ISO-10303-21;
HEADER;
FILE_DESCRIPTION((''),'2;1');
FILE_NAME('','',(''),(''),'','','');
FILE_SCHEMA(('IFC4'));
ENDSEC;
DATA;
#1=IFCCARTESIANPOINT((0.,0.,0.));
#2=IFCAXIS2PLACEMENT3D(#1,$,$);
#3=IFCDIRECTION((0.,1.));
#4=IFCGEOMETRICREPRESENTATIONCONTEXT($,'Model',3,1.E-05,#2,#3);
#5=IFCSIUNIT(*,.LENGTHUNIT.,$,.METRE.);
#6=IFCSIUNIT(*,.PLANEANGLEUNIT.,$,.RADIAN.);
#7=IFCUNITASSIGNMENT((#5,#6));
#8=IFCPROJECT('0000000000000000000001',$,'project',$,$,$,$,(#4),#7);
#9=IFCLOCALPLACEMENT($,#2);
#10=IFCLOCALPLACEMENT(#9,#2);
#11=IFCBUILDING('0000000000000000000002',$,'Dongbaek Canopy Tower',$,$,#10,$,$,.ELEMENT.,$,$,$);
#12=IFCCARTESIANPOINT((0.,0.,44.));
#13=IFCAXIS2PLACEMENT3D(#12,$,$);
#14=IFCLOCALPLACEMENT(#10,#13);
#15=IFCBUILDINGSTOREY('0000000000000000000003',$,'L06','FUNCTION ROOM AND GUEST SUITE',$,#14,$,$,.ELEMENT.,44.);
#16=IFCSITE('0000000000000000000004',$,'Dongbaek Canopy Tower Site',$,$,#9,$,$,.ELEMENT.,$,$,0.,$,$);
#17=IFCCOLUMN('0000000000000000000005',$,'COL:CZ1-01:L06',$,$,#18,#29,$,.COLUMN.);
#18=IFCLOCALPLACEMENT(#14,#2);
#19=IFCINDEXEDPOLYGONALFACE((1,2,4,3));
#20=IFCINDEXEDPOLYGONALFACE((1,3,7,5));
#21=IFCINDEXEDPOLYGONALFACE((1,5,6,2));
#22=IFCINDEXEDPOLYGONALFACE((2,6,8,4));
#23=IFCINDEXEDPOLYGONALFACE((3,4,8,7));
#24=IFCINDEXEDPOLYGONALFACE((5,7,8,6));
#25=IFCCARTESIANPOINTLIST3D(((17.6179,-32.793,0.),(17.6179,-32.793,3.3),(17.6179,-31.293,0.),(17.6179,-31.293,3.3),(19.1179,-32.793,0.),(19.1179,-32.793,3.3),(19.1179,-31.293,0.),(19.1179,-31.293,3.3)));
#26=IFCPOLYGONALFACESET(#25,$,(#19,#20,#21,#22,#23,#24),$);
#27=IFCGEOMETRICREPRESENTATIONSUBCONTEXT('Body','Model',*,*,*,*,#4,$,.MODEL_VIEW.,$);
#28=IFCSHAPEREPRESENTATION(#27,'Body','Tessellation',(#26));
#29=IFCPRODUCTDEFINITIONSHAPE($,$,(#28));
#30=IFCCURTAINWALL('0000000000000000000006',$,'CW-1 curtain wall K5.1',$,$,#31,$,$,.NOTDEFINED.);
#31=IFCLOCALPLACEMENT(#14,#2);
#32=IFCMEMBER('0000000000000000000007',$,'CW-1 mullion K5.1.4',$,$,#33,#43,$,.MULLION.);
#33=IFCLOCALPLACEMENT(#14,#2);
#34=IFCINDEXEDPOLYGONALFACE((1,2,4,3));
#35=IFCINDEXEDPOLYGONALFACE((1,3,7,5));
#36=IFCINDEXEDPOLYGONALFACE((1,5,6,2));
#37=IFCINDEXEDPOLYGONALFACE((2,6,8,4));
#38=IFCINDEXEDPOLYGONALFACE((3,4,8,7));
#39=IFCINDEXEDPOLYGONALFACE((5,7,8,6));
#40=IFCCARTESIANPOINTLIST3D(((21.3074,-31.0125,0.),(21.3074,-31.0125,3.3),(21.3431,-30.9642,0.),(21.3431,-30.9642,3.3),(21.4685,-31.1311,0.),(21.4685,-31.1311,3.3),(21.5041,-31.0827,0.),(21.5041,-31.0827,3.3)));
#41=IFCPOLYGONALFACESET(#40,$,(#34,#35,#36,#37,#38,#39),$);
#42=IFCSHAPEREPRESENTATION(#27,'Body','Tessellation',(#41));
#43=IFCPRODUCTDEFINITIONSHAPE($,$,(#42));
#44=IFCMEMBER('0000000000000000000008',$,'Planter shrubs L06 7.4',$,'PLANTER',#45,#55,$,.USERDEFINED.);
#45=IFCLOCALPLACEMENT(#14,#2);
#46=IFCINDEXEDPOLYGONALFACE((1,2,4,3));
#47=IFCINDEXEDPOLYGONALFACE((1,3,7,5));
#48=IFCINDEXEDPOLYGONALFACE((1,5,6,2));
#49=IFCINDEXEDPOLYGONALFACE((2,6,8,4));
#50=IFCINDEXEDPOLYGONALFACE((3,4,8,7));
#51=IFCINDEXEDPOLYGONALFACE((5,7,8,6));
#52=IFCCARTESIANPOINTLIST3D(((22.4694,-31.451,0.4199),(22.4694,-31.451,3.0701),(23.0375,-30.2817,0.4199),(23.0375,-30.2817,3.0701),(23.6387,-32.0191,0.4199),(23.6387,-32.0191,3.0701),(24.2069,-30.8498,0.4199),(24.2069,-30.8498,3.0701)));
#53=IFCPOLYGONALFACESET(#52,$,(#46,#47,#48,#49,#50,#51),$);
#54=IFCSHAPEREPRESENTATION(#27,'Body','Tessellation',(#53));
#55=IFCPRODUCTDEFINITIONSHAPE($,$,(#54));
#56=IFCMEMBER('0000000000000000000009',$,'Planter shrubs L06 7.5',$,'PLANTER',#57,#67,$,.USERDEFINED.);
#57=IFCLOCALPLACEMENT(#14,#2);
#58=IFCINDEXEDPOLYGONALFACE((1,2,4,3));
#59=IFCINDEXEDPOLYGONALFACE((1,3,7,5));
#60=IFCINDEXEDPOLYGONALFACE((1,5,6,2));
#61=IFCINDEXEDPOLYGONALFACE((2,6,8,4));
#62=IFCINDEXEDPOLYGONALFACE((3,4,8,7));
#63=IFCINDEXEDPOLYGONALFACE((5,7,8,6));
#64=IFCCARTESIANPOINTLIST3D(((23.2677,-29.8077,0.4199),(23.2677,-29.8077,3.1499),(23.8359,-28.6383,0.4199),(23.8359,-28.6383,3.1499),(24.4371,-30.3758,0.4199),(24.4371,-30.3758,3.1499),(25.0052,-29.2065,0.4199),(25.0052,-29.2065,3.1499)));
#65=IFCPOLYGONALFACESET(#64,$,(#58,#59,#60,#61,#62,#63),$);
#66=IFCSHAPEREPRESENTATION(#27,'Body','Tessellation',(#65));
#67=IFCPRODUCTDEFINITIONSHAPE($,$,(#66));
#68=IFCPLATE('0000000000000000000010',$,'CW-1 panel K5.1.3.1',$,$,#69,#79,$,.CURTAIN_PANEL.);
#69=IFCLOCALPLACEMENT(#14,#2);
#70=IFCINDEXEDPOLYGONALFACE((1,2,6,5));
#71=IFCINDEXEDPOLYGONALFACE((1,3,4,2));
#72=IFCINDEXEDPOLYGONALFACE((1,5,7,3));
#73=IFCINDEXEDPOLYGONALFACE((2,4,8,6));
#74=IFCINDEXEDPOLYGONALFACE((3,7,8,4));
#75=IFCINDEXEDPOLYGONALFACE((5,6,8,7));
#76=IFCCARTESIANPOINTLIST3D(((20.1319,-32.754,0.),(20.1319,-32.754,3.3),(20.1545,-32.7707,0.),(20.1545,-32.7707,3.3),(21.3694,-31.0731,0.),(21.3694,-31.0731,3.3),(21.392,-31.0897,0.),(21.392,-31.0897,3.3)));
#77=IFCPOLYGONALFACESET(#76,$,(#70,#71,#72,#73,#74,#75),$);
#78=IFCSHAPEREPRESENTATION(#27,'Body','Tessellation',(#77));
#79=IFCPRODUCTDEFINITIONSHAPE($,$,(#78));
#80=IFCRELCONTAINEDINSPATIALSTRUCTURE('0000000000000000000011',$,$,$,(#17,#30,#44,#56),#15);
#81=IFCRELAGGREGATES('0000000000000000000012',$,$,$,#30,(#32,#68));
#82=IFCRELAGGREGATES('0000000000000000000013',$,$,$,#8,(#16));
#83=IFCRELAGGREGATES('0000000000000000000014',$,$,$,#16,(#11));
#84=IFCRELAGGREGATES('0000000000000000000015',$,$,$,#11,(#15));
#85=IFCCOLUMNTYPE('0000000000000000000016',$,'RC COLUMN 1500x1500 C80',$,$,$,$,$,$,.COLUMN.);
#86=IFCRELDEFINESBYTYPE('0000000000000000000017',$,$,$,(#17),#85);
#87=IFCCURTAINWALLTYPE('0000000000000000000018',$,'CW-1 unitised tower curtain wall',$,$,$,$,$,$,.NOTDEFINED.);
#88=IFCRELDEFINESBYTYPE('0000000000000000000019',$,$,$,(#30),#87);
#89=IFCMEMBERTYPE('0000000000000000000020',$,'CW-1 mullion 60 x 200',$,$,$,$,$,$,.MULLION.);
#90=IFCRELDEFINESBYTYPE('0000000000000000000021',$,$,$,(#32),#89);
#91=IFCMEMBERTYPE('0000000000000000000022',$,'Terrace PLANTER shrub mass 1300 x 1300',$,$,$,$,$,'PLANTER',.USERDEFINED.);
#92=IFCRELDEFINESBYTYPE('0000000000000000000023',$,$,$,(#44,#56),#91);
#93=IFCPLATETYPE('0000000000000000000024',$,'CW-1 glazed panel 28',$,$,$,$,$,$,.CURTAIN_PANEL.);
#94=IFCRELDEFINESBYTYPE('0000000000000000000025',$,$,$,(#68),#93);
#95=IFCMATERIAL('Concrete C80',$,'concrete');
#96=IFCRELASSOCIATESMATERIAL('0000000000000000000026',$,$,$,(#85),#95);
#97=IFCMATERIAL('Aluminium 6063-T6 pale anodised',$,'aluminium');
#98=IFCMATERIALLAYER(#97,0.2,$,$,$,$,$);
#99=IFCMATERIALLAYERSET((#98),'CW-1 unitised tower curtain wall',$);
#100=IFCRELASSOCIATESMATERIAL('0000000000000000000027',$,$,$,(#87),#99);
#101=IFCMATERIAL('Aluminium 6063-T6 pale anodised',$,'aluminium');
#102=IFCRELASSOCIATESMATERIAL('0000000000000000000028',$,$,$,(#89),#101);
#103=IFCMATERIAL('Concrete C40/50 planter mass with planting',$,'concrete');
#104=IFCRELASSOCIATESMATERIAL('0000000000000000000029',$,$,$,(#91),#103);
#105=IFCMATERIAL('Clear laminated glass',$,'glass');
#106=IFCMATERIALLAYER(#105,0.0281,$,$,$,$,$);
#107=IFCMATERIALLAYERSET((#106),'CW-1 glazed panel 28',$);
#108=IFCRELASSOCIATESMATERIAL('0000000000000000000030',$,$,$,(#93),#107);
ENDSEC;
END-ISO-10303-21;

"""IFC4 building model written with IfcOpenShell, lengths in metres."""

from ifc_helpers import new_model, si_unit, direction, frame, origin, origin_2d, place, context, subcontext, project, spatial, rectangle, extrude, material, layer, layer_set, material_profile, profile_set, type_object, element, aggregate, save


model = new_model("IFC4")

# Units and contexts
model_context = context("Model", 3, precision=1e-05, world=origin(), true_north=direction((0.0, 1.0)))
body_context = subcontext(model_context, "Body", "Model", "MODEL_VIEW")
ifc_project = project(units=[si_unit("LENGTHUNIT", "METRE"), si_unit("PLANEANGLEUNIT", "RADIAN")], contexts=[model_context])

# Site, building, storey
site_placement = place(None, origin())
site = spatial("IfcSite", under=ifc_project, at=site_placement, Name="Dongbaek Canopy Tower Site", CompositionType="ELEMENT", RefElevation=0.0)
building_placement = place(site_placement, origin())
building = spatial("IfcBuilding", under=site, at=building_placement, Name="Dongbaek Canopy Tower", CompositionType="ELEMENT")
storey_placement = place(building_placement, frame((0.0, 0.0, 44.0)))
storey = spatial("IfcBuildingStorey", under=building, at=storey_placement, Name="L06", Description="FUNCTION ROOM AND GUEST SUITE", CompositionType="ELEMENT", Elevation=44.0)

# Column
ifc_material_1 = material(Name="Concrete C80", Category="concrete")
ifc_material_profile_1 = material_profile(ifc_material_1, rectangle(XDim=1.5, YDim=1.5, at=origin_2d()), Name="RC COLUMN 1500x1500 C80")
ifc_profile_set_1 = profile_set([ifc_material_profile_1], Name="Concrete C80")
column_type = type_object("IfcColumnType", Name="RC COLUMN 1500x1500 C80", PredefinedType="COLUMN", material=ifc_profile_set_1)
column_placement = place(storey_placement, frame((18.3679, -32.043, 0.0), z_axis=(0.0, 0.0, 1.0), x_axis=(1.0, 0.0, 0.0)))
element("IfcColumn", 1, at=column_placement, inside=storey, type_object=column_type, Name="COL:CZ1-01:L06", PredefinedType="COLUMN", context=body_context, shape_type="SweptSolid", body=[
    extrude(rectangle(XDim=1.5, YDim=1.5, at=origin_2d()), origin(), (0.0, 0.0, 1.0), 3.3),
])

# Curtain wall, member
ifc_material_2 = material(Name="Aluminium 6063-T6 pale anodised", Category="aluminium")
ifc_layer_1 = layer(ifc_material_2, 0.2)
ifc_layer_set_1 = layer_set([ifc_layer_1], Name="CW-1 unitised tower curtain wall")
curtain_wall_type = type_object("IfcCurtainWallType", Name="CW-1 unitised tower curtain wall", PredefinedType="NOTDEFINED", material=ifc_layer_set_1)
curtain_wall_placement = place(storey_placement, origin())
curtain_wall = element("IfcCurtainWall", 2, at=curtain_wall_placement, inside=storey, type_object=curtain_wall_type, Name="CW-1 curtain wall K5.1", PredefinedType="NOTDEFINED")
ifc_material_3 = material(Name="Aluminium 6063-T6 pale anodised", Category="aluminium")
ifc_material_profile_2 = material_profile(ifc_material_3, rectangle(XDim=0.2, YDim=0.0601, at=origin_2d()), Name="CW-1 mullion 60 x 200")
ifc_profile_set_2 = profile_set([ifc_material_profile_2], Name="Aluminium 6063-T6 pale anodised")
member_type_1 = type_object("IfcMemberType", Name="CW-1 mullion 60 x 200", PredefinedType="MULLION", material=ifc_profile_set_2)
member_1_placement = place(storey_placement, frame((21.4058, -31.0476, 0.0), z_axis=(0.0, 0.0, 1.0), x_axis=(0.805296, -0.592873, 0.0)))
member_1 = element("IfcMember", 3, at=member_1_placement, type_object=member_type_1, Name="CW-1 mullion K5.1.4", PredefinedType="MULLION", context=body_context, shape_type="SweptSolid", body=[
    extrude(rectangle(XDim=0.2, YDim=0.0601, at=origin_2d()), origin(), (0.0, 0.0, 1.0), 3.3),
])

# Members
ifc_material_4 = material(Name="Concrete C40/50 planter mass with planting", Category="concrete")
ifc_material_profile_3 = material_profile(ifc_material_4, rectangle(XDim=1.3, YDim=1.3, at=origin_2d()), Name="Terrace PLANTER shrub mass 1300 x 1300")
ifc_profile_set_3 = profile_set([ifc_material_profile_3], Name="Concrete C40/50 planter mass with planting")
member_type_2 = type_object("IfcMemberType", Name="Terrace PLANTER shrub mass 1300 x 1300", ElementType="PLANTER", PredefinedType="USERDEFINED", material=ifc_profile_set_3)
member_2_placement = place(storey_placement, frame((23.3381, -31.1504, 0.4199), z_axis=(0.0, 0.0, 1.0), x_axis=(0.899456, -0.437011, 0.0)))
element("IfcMember", 4, at=member_2_placement, inside=storey, type_object=member_type_2, Name="Planter shrubs L06 7.4", ObjectType="PLANTER", PredefinedType="USERDEFINED", context=body_context, shape_type="SweptSolid", body=[
    extrude(rectangle(XDim=1.3, YDim=1.3, at=origin_2d()), origin(), (0.0, 0.0, 1.0), 2.6501),
])
member_3_placement = place(storey_placement, frame((24.1365, -29.5071, 0.4199), z_axis=(0.0, 0.0, 1.0), x_axis=(0.899456, -0.437011, 0.0)))
element("IfcMember", 5, at=member_3_placement, inside=storey, type_object=member_type_2, Name="Planter shrubs L06 7.5", ObjectType="PLANTER", PredefinedType="USERDEFINED", context=body_context, shape_type="SweptSolid", body=[
    extrude(rectangle(XDim=1.3, YDim=1.3, at=origin_2d()), origin(), (0.0, 0.0, 1.0), 2.73),
])

# Plate
ifc_material_5 = material(Name="Clear laminated glass", Category="glass")
ifc_layer_2 = layer(ifc_material_5, 0.0281)
ifc_layer_set_2 = layer_set([ifc_layer_2], Name="CW-1 glazed panel 28")
plate_type = type_object("IfcPlateType", Name="CW-1 glazed panel 28", PredefinedType="CURTAIN_PANEL", material=ifc_layer_set_2)
plate_placement = place(storey_placement, frame((20.762, -31.9219, 0.0), z_axis=(0.0, 0.0, 1.0), x_axis=(0.592873, 0.805296, 0.0)))
plate = element("IfcPlate", 6, at=plate_placement, type_object=plate_type, Name="CW-1 panel K5.1.3.1", PredefinedType="CURTAIN_PANEL", context=body_context, shape_type="SweptSolid", body=[
    extrude(rectangle(XDim=2.0874, YDim=0.0281, at=origin_2d()), origin(), (0.0, 0.0, 1.0), 3.3),
])
aggregate(curtain_wall, [member_1, plate])

save(model, "model.ifc")
